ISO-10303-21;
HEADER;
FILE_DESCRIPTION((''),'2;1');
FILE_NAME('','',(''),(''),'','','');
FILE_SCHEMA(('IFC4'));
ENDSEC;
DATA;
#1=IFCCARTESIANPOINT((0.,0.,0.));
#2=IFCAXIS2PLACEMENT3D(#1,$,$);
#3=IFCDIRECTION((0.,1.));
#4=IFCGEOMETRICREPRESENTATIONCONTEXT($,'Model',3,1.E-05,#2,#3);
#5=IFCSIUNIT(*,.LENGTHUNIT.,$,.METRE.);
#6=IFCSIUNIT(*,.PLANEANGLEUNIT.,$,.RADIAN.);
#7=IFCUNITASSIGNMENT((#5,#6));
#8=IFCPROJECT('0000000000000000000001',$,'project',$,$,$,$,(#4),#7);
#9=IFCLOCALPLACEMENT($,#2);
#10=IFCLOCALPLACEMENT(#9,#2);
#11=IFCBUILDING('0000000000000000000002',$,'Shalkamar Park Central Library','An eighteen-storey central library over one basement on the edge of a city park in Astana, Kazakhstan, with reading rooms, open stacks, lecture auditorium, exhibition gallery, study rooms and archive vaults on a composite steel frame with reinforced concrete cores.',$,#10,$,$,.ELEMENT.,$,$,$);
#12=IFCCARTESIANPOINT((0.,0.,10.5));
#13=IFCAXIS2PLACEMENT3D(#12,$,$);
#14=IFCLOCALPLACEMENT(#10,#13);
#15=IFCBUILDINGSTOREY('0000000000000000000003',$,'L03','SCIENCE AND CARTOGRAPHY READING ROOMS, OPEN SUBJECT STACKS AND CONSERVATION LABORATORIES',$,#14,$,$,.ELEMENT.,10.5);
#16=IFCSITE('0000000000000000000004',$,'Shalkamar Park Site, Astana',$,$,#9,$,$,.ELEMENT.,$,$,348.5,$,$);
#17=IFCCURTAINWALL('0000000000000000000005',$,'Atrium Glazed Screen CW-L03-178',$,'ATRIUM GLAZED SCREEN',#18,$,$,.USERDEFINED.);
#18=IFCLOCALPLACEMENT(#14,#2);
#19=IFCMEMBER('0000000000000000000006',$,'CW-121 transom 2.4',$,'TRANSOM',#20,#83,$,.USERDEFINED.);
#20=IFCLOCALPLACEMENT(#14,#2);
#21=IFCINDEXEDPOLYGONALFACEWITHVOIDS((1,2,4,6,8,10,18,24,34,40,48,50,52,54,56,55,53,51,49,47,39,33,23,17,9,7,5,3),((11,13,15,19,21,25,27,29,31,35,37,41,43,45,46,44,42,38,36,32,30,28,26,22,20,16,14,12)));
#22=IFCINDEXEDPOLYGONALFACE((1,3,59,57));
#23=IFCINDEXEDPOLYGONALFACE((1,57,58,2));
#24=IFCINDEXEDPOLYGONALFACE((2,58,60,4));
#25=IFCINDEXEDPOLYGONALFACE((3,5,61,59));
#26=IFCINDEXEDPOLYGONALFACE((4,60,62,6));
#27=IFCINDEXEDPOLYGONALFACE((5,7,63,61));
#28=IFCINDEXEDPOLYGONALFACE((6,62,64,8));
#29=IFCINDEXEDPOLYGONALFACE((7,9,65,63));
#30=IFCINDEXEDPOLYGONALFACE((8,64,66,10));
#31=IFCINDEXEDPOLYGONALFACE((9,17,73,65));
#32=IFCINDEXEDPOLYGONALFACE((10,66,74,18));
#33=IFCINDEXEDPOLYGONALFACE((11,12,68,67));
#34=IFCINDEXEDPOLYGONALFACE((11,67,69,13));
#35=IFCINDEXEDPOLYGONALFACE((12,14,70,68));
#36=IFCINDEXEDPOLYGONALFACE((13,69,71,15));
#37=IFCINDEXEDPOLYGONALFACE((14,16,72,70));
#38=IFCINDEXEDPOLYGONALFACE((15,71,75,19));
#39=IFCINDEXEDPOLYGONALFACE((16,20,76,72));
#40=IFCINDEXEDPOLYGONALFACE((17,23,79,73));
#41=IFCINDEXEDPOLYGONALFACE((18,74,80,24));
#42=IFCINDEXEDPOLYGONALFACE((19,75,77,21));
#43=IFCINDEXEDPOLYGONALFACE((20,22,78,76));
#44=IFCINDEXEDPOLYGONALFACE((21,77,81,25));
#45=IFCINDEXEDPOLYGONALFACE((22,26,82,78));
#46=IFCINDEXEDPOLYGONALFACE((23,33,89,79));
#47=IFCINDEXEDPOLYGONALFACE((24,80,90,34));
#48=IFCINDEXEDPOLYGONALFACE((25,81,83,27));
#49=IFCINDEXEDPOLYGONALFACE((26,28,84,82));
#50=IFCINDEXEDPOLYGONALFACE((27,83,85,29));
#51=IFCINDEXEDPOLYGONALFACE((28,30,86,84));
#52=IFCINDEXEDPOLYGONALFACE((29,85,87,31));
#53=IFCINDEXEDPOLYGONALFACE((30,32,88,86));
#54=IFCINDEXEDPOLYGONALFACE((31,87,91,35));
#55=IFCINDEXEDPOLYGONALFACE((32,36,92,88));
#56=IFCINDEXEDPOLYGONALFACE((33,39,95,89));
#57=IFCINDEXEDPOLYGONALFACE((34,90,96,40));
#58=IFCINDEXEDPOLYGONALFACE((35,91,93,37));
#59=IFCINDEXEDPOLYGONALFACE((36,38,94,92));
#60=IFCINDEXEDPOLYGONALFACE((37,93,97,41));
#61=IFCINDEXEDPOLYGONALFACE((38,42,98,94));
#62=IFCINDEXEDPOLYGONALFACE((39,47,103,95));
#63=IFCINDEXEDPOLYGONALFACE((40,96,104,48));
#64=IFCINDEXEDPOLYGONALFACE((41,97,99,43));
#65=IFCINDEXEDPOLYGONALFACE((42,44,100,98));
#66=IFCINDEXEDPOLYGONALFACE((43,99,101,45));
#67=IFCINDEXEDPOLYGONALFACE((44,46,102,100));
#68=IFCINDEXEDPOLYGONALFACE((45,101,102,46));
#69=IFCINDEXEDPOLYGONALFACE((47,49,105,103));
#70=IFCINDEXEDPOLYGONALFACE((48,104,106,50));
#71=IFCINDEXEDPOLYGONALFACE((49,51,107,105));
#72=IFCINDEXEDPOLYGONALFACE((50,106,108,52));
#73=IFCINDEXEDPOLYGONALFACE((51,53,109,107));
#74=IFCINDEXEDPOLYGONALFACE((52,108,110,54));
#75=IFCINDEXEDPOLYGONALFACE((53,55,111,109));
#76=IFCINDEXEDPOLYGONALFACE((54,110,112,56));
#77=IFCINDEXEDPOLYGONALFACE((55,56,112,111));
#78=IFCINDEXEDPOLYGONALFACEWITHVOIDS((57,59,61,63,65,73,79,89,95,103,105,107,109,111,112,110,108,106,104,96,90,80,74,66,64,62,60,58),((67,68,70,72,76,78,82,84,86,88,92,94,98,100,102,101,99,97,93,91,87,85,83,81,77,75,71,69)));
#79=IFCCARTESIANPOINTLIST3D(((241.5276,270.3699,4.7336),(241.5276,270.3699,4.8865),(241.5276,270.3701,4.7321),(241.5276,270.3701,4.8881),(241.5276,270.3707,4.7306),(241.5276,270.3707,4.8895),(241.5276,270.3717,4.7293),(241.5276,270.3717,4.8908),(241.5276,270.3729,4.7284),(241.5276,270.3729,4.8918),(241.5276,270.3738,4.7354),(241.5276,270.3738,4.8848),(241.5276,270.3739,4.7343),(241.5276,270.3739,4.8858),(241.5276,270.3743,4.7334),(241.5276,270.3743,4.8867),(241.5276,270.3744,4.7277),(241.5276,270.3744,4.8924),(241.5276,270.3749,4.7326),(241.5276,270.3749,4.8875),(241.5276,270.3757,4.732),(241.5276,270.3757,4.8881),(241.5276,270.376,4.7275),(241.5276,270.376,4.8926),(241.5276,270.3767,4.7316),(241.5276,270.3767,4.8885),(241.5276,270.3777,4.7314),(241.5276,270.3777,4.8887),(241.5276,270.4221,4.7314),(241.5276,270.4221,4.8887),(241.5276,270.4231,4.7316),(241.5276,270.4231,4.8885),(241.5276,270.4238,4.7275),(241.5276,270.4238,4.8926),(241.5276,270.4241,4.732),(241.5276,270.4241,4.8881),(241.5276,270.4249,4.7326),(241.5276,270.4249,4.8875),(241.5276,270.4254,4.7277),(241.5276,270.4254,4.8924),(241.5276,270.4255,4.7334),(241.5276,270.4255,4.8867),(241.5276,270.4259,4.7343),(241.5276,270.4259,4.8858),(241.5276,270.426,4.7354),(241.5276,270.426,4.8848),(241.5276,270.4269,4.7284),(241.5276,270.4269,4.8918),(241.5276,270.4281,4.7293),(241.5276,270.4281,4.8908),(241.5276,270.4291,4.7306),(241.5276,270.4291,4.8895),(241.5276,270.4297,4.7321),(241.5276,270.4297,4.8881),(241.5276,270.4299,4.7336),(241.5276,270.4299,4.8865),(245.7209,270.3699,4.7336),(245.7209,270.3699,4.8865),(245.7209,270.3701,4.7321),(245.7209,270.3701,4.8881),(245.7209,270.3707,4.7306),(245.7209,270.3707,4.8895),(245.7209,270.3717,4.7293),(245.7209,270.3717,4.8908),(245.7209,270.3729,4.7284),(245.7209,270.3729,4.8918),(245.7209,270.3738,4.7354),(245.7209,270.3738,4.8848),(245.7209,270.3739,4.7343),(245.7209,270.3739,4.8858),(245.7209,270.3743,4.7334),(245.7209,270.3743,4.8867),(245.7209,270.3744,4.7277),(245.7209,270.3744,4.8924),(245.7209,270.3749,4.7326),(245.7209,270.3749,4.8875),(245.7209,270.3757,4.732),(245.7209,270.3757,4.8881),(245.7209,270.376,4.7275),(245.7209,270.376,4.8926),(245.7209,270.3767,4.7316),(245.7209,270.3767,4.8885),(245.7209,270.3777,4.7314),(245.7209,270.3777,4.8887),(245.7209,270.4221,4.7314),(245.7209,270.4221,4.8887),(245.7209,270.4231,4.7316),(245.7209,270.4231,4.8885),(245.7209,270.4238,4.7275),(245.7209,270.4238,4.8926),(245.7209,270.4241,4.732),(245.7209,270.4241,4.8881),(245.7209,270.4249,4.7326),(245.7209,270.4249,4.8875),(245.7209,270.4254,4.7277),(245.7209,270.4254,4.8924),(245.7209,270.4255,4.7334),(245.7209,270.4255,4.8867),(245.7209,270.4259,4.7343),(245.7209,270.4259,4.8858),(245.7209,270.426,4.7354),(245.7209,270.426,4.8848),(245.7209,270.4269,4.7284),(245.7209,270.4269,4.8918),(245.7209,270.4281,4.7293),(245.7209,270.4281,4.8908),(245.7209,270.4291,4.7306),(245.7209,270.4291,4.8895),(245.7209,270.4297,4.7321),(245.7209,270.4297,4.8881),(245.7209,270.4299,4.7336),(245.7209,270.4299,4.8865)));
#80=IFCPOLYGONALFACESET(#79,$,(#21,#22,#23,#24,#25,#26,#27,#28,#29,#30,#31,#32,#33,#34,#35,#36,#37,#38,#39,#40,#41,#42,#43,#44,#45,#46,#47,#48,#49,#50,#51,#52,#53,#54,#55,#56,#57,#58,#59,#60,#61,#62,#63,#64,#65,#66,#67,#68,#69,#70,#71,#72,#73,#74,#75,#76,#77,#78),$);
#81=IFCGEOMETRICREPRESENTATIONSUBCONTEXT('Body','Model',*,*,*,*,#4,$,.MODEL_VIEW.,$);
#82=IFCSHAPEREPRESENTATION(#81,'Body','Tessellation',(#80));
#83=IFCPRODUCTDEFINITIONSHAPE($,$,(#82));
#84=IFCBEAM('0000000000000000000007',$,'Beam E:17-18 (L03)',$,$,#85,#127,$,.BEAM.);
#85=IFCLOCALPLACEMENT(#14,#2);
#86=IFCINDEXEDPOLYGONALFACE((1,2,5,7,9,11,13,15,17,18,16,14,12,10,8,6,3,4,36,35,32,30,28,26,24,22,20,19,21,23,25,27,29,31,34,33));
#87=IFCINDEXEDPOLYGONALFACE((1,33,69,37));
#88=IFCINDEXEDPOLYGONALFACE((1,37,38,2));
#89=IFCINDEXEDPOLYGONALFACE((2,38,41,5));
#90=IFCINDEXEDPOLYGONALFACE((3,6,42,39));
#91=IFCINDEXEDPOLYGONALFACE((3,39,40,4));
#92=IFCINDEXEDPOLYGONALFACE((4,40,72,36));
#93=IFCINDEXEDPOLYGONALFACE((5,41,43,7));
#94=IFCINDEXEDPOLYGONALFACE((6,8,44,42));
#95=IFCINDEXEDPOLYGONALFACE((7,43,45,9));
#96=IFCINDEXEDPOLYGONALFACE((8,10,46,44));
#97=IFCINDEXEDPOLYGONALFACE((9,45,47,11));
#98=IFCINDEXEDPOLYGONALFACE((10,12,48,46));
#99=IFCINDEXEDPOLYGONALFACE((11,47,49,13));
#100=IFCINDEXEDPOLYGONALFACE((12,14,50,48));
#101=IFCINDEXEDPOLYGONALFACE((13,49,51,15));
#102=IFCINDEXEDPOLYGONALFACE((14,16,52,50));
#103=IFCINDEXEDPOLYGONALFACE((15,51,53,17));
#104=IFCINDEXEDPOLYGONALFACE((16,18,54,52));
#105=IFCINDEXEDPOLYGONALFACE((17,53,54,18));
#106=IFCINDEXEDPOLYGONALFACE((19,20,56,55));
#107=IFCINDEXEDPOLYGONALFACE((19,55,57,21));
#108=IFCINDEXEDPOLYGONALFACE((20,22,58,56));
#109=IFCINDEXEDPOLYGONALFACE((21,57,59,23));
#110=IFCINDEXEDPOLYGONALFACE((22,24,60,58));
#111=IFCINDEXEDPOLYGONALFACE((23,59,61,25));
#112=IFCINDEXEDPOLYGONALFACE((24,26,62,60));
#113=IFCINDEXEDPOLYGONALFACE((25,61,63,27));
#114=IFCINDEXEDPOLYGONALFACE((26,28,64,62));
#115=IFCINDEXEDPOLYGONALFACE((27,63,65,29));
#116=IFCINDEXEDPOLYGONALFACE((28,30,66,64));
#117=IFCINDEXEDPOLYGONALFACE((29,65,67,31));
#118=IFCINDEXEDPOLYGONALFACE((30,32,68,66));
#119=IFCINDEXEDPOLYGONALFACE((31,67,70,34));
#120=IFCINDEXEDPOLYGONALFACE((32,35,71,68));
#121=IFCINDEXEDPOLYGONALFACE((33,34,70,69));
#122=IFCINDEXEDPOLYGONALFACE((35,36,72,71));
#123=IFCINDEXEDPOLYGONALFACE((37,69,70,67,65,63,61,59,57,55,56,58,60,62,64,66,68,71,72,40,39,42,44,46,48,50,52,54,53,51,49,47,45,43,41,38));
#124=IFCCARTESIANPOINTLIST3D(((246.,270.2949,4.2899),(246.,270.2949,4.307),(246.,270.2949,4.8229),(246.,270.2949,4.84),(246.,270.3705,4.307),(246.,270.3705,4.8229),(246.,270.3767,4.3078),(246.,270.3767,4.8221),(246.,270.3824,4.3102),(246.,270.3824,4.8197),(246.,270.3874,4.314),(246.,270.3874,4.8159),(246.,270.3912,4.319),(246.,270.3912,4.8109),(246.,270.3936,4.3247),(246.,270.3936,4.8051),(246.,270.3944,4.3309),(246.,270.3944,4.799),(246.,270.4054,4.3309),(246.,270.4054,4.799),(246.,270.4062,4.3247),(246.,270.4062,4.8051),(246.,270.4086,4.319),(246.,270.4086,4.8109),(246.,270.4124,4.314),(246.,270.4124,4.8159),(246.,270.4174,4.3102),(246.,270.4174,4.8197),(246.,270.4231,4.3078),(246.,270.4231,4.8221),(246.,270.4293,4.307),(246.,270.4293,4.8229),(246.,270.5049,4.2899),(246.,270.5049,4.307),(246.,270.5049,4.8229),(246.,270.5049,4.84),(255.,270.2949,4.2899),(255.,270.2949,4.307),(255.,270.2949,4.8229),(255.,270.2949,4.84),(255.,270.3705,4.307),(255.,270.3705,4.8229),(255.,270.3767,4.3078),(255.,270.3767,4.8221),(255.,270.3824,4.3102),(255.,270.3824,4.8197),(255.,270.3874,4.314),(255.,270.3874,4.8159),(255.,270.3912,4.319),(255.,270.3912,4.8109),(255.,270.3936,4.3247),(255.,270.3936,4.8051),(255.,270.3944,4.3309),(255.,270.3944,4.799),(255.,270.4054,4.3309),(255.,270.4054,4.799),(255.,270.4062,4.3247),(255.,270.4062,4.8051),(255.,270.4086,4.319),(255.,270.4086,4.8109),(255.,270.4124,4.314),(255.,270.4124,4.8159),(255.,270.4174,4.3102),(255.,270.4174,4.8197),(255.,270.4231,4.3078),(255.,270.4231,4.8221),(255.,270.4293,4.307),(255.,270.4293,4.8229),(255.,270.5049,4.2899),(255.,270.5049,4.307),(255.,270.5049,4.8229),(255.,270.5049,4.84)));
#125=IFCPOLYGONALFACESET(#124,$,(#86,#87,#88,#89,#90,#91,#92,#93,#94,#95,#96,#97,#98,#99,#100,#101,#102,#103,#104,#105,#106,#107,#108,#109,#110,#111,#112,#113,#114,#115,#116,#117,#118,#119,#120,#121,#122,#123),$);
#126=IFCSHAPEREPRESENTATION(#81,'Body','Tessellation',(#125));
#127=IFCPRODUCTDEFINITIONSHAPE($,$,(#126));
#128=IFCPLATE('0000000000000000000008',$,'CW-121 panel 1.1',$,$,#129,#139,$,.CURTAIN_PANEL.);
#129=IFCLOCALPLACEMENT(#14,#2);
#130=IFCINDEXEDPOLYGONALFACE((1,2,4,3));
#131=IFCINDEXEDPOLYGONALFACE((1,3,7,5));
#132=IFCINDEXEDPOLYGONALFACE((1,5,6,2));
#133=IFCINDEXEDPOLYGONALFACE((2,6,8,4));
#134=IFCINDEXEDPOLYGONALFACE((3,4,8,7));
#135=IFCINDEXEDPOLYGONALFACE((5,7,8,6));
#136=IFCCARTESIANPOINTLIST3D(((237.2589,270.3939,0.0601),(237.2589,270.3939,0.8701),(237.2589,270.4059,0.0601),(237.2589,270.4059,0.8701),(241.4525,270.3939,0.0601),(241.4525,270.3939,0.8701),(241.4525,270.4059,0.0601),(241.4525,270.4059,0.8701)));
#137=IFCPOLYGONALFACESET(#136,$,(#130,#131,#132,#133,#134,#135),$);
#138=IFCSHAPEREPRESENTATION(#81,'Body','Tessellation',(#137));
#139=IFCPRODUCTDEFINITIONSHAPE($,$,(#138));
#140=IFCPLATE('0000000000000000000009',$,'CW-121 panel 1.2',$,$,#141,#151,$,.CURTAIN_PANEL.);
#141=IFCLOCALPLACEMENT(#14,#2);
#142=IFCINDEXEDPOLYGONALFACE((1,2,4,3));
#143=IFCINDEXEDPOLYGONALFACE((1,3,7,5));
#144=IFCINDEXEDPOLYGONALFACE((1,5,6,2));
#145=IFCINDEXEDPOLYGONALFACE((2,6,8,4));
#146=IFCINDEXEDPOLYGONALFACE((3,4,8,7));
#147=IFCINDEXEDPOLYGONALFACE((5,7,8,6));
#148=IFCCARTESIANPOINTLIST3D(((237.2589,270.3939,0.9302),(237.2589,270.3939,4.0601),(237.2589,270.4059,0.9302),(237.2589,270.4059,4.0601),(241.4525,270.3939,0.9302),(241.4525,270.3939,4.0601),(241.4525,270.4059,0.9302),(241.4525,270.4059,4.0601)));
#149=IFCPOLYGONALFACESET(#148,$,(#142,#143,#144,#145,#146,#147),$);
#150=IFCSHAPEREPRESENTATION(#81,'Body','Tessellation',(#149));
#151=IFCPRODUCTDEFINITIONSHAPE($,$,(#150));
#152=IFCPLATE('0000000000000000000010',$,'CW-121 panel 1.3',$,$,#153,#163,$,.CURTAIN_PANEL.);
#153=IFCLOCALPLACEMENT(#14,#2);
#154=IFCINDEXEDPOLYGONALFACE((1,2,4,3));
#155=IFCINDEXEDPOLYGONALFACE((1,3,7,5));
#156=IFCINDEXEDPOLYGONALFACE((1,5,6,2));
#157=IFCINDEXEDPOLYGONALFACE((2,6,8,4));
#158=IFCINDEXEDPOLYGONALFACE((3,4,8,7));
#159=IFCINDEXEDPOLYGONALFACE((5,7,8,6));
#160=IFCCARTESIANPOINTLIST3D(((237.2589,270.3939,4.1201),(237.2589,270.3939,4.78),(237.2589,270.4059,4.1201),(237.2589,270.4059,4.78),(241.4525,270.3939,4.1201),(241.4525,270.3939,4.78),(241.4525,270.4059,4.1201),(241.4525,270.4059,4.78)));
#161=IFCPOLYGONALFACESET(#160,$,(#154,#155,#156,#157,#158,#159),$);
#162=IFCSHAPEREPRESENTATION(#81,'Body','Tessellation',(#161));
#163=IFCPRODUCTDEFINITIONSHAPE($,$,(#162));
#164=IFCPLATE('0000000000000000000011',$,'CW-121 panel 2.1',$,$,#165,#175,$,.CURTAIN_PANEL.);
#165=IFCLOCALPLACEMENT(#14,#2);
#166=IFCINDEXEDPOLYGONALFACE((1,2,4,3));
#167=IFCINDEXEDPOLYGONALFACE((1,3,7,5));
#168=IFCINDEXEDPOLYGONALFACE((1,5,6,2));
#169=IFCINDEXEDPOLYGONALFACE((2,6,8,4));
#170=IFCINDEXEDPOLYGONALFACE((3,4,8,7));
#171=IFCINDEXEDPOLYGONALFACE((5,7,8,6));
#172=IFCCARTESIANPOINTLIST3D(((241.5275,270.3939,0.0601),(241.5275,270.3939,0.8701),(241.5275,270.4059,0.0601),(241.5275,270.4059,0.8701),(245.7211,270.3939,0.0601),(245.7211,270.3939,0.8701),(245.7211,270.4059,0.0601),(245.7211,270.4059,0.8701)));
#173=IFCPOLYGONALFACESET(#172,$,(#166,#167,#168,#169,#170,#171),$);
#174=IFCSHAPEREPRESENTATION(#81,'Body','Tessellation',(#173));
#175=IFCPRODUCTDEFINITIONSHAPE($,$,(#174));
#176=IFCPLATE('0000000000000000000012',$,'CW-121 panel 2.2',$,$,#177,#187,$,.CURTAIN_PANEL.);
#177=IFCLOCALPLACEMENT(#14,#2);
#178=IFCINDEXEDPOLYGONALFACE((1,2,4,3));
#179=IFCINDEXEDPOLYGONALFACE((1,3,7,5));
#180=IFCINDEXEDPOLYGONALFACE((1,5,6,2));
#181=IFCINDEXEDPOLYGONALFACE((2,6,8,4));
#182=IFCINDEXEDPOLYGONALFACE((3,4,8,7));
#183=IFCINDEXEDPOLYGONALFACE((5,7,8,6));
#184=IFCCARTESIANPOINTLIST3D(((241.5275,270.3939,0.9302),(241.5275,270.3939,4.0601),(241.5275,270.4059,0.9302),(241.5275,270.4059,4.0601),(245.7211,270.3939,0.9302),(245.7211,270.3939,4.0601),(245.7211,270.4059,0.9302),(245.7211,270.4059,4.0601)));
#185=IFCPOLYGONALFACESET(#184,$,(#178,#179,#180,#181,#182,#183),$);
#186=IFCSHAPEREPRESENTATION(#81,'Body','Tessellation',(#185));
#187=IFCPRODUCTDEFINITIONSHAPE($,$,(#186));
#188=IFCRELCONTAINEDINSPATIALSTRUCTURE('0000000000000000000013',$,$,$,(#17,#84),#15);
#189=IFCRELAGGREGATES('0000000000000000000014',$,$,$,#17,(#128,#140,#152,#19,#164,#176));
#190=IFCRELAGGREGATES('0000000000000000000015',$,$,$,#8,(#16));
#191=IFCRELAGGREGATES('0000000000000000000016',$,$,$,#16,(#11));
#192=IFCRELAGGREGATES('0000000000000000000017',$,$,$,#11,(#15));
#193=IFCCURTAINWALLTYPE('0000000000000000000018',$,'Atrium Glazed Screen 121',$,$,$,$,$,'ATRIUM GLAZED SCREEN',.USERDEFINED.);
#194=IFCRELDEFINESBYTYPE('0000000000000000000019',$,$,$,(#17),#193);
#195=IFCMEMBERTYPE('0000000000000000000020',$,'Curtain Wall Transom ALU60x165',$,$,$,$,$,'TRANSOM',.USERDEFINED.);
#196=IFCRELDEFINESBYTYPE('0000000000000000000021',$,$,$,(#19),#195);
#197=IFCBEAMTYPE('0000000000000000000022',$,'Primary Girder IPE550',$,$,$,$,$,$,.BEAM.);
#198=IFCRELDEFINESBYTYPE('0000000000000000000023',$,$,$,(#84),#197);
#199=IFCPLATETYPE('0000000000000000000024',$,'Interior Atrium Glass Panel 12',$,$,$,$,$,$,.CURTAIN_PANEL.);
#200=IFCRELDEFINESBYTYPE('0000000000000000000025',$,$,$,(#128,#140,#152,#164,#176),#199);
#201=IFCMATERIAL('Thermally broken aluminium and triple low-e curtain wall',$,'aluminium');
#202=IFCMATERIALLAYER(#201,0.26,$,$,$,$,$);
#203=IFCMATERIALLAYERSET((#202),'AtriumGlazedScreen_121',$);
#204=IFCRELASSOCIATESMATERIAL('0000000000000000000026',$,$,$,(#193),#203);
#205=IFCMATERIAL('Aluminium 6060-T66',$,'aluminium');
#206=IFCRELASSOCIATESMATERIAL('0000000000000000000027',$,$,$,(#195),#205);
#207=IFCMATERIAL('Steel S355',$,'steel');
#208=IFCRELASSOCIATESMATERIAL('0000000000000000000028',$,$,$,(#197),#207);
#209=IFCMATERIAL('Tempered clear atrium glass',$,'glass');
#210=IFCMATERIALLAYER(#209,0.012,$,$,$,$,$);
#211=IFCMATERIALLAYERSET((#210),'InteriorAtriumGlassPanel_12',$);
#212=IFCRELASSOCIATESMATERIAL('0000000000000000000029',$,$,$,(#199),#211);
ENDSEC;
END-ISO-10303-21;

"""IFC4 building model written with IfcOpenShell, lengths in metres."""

from ifc_helpers import new_model, si_unit, direction, frame, origin, origin_2d, place, context, subcontext, project, spatial, rectangle, hollow_rectangle, i_section, extrude, material, layer, layer_set, material_profile, profile_set, type_object, element, aggregate, save


model = new_model("IFC4")

# Units and contexts
model_context = context("Model", 3, precision=1e-05, world=origin(), true_north=direction((0.0, 1.0)))
body_context = subcontext(model_context, "Body", "Model", "MODEL_VIEW")
ifc_project = project(units=[si_unit("LENGTHUNIT", "METRE"), si_unit("PLANEANGLEUNIT", "RADIAN")], contexts=[model_context])

# Site, building, storey
site_placement = place(None, origin())
site = spatial("IfcSite", under=ifc_project, at=site_placement, Name="Shalkamar Park Site, Astana", CompositionType="ELEMENT", RefElevation=348.5)
building_placement = place(site_placement, origin())
building = spatial("IfcBuilding", under=site, at=building_placement, Name="Shalkamar Park Central Library", Description="An eighteen-storey central library over one basement on the edge of a city park in Astana, Kazakhstan, with reading rooms, open stacks, lecture auditorium, exhibition gallery, study rooms and archive vaults on a composite steel frame with reinforced concrete cores.", CompositionType="ELEMENT")
storey_placement = place(building_placement, frame((0.0, 0.0, 10.5)))
storey = spatial("IfcBuildingStorey", under=building, at=storey_placement, Name="L03", Description="SCIENCE AND CARTOGRAPHY READING ROOMS, OPEN SUBJECT STACKS AND CONSERVATION LABORATORIES", CompositionType="ELEMENT", Elevation=10.5)

# Shared definitions
ifc_material_1 = material(Name="Steel S355", Category="steel")

# Curtain wall, member
ifc_material_2 = material(Name="Thermally broken aluminium and triple low-e curtain wall", Category="aluminium")
ifc_layer_1 = layer(ifc_material_2, 0.26)
ifc_layer_set_1 = layer_set([ifc_layer_1], Name="AtriumGlazedScreen_121")
curtain_wall_type = type_object("IfcCurtainWallType", Name="Atrium Glazed Screen 121", ElementType="ATRIUM GLAZED SCREEN", PredefinedType="USERDEFINED", material=ifc_layer_set_1)
curtain_wall_placement = place(storey_placement, origin())
curtain_wall = element("IfcCurtainWall", 1, at=curtain_wall_placement, inside=storey, type_object=curtain_wall_type, Name="Atrium Glazed Screen CW-L03-178", ObjectType="ATRIUM GLAZED SCREEN", PredefinedType="USERDEFINED")
ifc_material_3 = material(Name="Aluminium 6060-T66", Category="aluminium")
ifc_material_profile_1 = material_profile(ifc_material_3, hollow_rectangle(XDim=0.0601, YDim=0.165, WallThickness=0.0039, InnerFilletRadius=0.0039, OuterFilletRadius=0.0061, at=origin_2d()), Name="ALU 60x165x4")
ifc_profile_set_1 = profile_set([ifc_material_profile_1], Name="Aluminium 6060-T66")
member_type_1 = type_object("IfcMemberType", Name="Curtain Wall Transom ALU60x165", ElementType="TRANSOM", PredefinedType="USERDEFINED", material=ifc_profile_set_1)
member_1_placement = place(storey_placement, frame((241.5276, 270.3999, 4.8101), z_axis=(1.0, 0.0, 0.0), x_axis=(0.0, 1.0, 0.0)))
member_1 = element("IfcMember", 2, at=member_1_placement, type_object=member_type_1, Name="CW-121 transom 2.4", ObjectType="TRANSOM", PredefinedType="USERDEFINED", context=body_context, shape_type="SweptSolid", body=[
    extrude(hollow_rectangle(XDim=0.0601, YDim=0.165, WallThickness=0.0039, InnerFilletRadius=0.0039, OuterFilletRadius=0.0061, at=origin_2d()), origin(), (0.0, 0.0, 1.0), 4.1934),
])

# Beam
ifc_material_profile_2 = material_profile(ifc_material_1, i_section(OverallWidth=0.21, OverallDepth=0.55, WebThickness=0.011, FlangeThickness=0.0171, FilletRadius=0.0239, at=origin_2d()), Name="IPE 550")
ifc_profile_set_2 = profile_set([ifc_material_profile_2], Name="Steel S355")
beam_type_1 = type_object("IfcBeamType", Name="Primary Girder IPE550", PredefinedType="BEAM", material=ifc_profile_set_2)
beam_1_placement = place(storey_placement, frame((246.0, 270.3999, 4.5649), z_axis=(1.0, 0.0, 0.0), x_axis=(0.0, 1.0, 0.0)))
element("IfcBeam", 3, at=beam_1_placement, inside=storey, type_object=beam_type_1, Name="Beam E:17-18 (L03)", PredefinedType="BEAM", context=body_context, shape_type="SweptSolid", body=[
    extrude(i_section(OverallWidth=0.21, OverallDepth=0.55, WebThickness=0.011, FlangeThickness=0.0171, FilletRadius=0.0239, at=origin_2d()), origin(), (0.0, 0.0, 1.0), 9.0),
])

# Plates
ifc_material_4 = material(Name="Tempered clear atrium glass", Category="glass")
ifc_layer_2 = layer(ifc_material_4, 0.012)
ifc_layer_set_2 = layer_set([ifc_layer_2], Name="InteriorAtriumGlassPanel_12")
plate_type = type_object("IfcPlateType", Name="Interior Atrium Glass Panel 12", PredefinedType="CURTAIN_PANEL", material=ifc_layer_set_2)
plate_1_placement = place(storey_placement, frame((239.3557, 270.3999, 0.0601), z_axis=(0.0, 0.0, 1.0), x_axis=(1.0, 0.0, 0.0)))
plate_1 = element("IfcPlate", 4, at=plate_1_placement, type_object=plate_type, Name="CW-121 panel 1.1", PredefinedType="CURTAIN_PANEL", context=body_context, shape_type="SweptSolid", body=[
    extrude(rectangle(XDim=4.1936, YDim=0.012, at=origin_2d()), origin(), (0.0, 0.0, 1.0), 0.8101),
])
plate_2_placement = place(storey_placement, frame((239.3557, 270.3999, 0.9302), z_axis=(0.0, 0.0, 1.0), x_axis=(1.0, 0.0, 0.0)))
plate_2 = element("IfcPlate", 5, at=plate_2_placement, type_object=plate_type, Name="CW-121 panel 1.2", PredefinedType="CURTAIN_PANEL", context=body_context, shape_type="SweptSolid", body=[
    extrude(rectangle(XDim=4.1936, YDim=0.012, at=origin_2d()), origin(), (0.0, 0.0, 1.0), 3.1299),
])
plate_3_placement = place(storey_placement, frame((239.3557, 270.3999, 4.1201), z_axis=(0.0, 0.0, 1.0), x_axis=(1.0, 0.0, 0.0)))
plate_3 = element("IfcPlate", 6, at=plate_3_placement, type_object=plate_type, Name="CW-121 panel 1.3", PredefinedType="CURTAIN_PANEL", context=body_context, shape_type="SweptSolid", body=[
    extrude(rectangle(XDim=4.1936, YDim=0.012, at=origin_2d()), origin(), (0.0, 0.0, 1.0), 0.6599),
])
plate_4_placement = place(storey_placement, frame((243.6243, 270.3999, 0.0601), z_axis=(0.0, 0.0, 1.0), x_axis=(1.0, 0.0, 0.0)))
plate_4 = element("IfcPlate", 7, at=plate_4_placement, type_object=plate_type, Name="CW-121 panel 2.1", PredefinedType="CURTAIN_PANEL", context=body_context, shape_type="SweptSolid", body=[
    extrude(rectangle(XDim=4.1936, YDim=0.012, at=origin_2d()), origin(), (0.0, 0.0, 1.0), 0.8101),
])
plate_5_placement = place(storey_placement, frame((243.6243, 270.3999, 0.9302), z_axis=(0.0, 0.0, 1.0), x_axis=(1.0, 0.0, 0.0)))
plate_5 = element("IfcPlate", 8, at=plate_5_placement, type_object=plate_type, Name="CW-121 panel 2.2", PredefinedType="CURTAIN_PANEL", context=body_context, shape_type="SweptSolid", body=[
    extrude(rectangle(XDim=4.1936, YDim=0.012, at=origin_2d()), origin(), (0.0, 0.0, 1.0), 3.1299),
])
aggregate(curtain_wall, [plate_1, plate_2, plate_3, member_1, plate_4, plate_5])

save(model, "model.ifc")
